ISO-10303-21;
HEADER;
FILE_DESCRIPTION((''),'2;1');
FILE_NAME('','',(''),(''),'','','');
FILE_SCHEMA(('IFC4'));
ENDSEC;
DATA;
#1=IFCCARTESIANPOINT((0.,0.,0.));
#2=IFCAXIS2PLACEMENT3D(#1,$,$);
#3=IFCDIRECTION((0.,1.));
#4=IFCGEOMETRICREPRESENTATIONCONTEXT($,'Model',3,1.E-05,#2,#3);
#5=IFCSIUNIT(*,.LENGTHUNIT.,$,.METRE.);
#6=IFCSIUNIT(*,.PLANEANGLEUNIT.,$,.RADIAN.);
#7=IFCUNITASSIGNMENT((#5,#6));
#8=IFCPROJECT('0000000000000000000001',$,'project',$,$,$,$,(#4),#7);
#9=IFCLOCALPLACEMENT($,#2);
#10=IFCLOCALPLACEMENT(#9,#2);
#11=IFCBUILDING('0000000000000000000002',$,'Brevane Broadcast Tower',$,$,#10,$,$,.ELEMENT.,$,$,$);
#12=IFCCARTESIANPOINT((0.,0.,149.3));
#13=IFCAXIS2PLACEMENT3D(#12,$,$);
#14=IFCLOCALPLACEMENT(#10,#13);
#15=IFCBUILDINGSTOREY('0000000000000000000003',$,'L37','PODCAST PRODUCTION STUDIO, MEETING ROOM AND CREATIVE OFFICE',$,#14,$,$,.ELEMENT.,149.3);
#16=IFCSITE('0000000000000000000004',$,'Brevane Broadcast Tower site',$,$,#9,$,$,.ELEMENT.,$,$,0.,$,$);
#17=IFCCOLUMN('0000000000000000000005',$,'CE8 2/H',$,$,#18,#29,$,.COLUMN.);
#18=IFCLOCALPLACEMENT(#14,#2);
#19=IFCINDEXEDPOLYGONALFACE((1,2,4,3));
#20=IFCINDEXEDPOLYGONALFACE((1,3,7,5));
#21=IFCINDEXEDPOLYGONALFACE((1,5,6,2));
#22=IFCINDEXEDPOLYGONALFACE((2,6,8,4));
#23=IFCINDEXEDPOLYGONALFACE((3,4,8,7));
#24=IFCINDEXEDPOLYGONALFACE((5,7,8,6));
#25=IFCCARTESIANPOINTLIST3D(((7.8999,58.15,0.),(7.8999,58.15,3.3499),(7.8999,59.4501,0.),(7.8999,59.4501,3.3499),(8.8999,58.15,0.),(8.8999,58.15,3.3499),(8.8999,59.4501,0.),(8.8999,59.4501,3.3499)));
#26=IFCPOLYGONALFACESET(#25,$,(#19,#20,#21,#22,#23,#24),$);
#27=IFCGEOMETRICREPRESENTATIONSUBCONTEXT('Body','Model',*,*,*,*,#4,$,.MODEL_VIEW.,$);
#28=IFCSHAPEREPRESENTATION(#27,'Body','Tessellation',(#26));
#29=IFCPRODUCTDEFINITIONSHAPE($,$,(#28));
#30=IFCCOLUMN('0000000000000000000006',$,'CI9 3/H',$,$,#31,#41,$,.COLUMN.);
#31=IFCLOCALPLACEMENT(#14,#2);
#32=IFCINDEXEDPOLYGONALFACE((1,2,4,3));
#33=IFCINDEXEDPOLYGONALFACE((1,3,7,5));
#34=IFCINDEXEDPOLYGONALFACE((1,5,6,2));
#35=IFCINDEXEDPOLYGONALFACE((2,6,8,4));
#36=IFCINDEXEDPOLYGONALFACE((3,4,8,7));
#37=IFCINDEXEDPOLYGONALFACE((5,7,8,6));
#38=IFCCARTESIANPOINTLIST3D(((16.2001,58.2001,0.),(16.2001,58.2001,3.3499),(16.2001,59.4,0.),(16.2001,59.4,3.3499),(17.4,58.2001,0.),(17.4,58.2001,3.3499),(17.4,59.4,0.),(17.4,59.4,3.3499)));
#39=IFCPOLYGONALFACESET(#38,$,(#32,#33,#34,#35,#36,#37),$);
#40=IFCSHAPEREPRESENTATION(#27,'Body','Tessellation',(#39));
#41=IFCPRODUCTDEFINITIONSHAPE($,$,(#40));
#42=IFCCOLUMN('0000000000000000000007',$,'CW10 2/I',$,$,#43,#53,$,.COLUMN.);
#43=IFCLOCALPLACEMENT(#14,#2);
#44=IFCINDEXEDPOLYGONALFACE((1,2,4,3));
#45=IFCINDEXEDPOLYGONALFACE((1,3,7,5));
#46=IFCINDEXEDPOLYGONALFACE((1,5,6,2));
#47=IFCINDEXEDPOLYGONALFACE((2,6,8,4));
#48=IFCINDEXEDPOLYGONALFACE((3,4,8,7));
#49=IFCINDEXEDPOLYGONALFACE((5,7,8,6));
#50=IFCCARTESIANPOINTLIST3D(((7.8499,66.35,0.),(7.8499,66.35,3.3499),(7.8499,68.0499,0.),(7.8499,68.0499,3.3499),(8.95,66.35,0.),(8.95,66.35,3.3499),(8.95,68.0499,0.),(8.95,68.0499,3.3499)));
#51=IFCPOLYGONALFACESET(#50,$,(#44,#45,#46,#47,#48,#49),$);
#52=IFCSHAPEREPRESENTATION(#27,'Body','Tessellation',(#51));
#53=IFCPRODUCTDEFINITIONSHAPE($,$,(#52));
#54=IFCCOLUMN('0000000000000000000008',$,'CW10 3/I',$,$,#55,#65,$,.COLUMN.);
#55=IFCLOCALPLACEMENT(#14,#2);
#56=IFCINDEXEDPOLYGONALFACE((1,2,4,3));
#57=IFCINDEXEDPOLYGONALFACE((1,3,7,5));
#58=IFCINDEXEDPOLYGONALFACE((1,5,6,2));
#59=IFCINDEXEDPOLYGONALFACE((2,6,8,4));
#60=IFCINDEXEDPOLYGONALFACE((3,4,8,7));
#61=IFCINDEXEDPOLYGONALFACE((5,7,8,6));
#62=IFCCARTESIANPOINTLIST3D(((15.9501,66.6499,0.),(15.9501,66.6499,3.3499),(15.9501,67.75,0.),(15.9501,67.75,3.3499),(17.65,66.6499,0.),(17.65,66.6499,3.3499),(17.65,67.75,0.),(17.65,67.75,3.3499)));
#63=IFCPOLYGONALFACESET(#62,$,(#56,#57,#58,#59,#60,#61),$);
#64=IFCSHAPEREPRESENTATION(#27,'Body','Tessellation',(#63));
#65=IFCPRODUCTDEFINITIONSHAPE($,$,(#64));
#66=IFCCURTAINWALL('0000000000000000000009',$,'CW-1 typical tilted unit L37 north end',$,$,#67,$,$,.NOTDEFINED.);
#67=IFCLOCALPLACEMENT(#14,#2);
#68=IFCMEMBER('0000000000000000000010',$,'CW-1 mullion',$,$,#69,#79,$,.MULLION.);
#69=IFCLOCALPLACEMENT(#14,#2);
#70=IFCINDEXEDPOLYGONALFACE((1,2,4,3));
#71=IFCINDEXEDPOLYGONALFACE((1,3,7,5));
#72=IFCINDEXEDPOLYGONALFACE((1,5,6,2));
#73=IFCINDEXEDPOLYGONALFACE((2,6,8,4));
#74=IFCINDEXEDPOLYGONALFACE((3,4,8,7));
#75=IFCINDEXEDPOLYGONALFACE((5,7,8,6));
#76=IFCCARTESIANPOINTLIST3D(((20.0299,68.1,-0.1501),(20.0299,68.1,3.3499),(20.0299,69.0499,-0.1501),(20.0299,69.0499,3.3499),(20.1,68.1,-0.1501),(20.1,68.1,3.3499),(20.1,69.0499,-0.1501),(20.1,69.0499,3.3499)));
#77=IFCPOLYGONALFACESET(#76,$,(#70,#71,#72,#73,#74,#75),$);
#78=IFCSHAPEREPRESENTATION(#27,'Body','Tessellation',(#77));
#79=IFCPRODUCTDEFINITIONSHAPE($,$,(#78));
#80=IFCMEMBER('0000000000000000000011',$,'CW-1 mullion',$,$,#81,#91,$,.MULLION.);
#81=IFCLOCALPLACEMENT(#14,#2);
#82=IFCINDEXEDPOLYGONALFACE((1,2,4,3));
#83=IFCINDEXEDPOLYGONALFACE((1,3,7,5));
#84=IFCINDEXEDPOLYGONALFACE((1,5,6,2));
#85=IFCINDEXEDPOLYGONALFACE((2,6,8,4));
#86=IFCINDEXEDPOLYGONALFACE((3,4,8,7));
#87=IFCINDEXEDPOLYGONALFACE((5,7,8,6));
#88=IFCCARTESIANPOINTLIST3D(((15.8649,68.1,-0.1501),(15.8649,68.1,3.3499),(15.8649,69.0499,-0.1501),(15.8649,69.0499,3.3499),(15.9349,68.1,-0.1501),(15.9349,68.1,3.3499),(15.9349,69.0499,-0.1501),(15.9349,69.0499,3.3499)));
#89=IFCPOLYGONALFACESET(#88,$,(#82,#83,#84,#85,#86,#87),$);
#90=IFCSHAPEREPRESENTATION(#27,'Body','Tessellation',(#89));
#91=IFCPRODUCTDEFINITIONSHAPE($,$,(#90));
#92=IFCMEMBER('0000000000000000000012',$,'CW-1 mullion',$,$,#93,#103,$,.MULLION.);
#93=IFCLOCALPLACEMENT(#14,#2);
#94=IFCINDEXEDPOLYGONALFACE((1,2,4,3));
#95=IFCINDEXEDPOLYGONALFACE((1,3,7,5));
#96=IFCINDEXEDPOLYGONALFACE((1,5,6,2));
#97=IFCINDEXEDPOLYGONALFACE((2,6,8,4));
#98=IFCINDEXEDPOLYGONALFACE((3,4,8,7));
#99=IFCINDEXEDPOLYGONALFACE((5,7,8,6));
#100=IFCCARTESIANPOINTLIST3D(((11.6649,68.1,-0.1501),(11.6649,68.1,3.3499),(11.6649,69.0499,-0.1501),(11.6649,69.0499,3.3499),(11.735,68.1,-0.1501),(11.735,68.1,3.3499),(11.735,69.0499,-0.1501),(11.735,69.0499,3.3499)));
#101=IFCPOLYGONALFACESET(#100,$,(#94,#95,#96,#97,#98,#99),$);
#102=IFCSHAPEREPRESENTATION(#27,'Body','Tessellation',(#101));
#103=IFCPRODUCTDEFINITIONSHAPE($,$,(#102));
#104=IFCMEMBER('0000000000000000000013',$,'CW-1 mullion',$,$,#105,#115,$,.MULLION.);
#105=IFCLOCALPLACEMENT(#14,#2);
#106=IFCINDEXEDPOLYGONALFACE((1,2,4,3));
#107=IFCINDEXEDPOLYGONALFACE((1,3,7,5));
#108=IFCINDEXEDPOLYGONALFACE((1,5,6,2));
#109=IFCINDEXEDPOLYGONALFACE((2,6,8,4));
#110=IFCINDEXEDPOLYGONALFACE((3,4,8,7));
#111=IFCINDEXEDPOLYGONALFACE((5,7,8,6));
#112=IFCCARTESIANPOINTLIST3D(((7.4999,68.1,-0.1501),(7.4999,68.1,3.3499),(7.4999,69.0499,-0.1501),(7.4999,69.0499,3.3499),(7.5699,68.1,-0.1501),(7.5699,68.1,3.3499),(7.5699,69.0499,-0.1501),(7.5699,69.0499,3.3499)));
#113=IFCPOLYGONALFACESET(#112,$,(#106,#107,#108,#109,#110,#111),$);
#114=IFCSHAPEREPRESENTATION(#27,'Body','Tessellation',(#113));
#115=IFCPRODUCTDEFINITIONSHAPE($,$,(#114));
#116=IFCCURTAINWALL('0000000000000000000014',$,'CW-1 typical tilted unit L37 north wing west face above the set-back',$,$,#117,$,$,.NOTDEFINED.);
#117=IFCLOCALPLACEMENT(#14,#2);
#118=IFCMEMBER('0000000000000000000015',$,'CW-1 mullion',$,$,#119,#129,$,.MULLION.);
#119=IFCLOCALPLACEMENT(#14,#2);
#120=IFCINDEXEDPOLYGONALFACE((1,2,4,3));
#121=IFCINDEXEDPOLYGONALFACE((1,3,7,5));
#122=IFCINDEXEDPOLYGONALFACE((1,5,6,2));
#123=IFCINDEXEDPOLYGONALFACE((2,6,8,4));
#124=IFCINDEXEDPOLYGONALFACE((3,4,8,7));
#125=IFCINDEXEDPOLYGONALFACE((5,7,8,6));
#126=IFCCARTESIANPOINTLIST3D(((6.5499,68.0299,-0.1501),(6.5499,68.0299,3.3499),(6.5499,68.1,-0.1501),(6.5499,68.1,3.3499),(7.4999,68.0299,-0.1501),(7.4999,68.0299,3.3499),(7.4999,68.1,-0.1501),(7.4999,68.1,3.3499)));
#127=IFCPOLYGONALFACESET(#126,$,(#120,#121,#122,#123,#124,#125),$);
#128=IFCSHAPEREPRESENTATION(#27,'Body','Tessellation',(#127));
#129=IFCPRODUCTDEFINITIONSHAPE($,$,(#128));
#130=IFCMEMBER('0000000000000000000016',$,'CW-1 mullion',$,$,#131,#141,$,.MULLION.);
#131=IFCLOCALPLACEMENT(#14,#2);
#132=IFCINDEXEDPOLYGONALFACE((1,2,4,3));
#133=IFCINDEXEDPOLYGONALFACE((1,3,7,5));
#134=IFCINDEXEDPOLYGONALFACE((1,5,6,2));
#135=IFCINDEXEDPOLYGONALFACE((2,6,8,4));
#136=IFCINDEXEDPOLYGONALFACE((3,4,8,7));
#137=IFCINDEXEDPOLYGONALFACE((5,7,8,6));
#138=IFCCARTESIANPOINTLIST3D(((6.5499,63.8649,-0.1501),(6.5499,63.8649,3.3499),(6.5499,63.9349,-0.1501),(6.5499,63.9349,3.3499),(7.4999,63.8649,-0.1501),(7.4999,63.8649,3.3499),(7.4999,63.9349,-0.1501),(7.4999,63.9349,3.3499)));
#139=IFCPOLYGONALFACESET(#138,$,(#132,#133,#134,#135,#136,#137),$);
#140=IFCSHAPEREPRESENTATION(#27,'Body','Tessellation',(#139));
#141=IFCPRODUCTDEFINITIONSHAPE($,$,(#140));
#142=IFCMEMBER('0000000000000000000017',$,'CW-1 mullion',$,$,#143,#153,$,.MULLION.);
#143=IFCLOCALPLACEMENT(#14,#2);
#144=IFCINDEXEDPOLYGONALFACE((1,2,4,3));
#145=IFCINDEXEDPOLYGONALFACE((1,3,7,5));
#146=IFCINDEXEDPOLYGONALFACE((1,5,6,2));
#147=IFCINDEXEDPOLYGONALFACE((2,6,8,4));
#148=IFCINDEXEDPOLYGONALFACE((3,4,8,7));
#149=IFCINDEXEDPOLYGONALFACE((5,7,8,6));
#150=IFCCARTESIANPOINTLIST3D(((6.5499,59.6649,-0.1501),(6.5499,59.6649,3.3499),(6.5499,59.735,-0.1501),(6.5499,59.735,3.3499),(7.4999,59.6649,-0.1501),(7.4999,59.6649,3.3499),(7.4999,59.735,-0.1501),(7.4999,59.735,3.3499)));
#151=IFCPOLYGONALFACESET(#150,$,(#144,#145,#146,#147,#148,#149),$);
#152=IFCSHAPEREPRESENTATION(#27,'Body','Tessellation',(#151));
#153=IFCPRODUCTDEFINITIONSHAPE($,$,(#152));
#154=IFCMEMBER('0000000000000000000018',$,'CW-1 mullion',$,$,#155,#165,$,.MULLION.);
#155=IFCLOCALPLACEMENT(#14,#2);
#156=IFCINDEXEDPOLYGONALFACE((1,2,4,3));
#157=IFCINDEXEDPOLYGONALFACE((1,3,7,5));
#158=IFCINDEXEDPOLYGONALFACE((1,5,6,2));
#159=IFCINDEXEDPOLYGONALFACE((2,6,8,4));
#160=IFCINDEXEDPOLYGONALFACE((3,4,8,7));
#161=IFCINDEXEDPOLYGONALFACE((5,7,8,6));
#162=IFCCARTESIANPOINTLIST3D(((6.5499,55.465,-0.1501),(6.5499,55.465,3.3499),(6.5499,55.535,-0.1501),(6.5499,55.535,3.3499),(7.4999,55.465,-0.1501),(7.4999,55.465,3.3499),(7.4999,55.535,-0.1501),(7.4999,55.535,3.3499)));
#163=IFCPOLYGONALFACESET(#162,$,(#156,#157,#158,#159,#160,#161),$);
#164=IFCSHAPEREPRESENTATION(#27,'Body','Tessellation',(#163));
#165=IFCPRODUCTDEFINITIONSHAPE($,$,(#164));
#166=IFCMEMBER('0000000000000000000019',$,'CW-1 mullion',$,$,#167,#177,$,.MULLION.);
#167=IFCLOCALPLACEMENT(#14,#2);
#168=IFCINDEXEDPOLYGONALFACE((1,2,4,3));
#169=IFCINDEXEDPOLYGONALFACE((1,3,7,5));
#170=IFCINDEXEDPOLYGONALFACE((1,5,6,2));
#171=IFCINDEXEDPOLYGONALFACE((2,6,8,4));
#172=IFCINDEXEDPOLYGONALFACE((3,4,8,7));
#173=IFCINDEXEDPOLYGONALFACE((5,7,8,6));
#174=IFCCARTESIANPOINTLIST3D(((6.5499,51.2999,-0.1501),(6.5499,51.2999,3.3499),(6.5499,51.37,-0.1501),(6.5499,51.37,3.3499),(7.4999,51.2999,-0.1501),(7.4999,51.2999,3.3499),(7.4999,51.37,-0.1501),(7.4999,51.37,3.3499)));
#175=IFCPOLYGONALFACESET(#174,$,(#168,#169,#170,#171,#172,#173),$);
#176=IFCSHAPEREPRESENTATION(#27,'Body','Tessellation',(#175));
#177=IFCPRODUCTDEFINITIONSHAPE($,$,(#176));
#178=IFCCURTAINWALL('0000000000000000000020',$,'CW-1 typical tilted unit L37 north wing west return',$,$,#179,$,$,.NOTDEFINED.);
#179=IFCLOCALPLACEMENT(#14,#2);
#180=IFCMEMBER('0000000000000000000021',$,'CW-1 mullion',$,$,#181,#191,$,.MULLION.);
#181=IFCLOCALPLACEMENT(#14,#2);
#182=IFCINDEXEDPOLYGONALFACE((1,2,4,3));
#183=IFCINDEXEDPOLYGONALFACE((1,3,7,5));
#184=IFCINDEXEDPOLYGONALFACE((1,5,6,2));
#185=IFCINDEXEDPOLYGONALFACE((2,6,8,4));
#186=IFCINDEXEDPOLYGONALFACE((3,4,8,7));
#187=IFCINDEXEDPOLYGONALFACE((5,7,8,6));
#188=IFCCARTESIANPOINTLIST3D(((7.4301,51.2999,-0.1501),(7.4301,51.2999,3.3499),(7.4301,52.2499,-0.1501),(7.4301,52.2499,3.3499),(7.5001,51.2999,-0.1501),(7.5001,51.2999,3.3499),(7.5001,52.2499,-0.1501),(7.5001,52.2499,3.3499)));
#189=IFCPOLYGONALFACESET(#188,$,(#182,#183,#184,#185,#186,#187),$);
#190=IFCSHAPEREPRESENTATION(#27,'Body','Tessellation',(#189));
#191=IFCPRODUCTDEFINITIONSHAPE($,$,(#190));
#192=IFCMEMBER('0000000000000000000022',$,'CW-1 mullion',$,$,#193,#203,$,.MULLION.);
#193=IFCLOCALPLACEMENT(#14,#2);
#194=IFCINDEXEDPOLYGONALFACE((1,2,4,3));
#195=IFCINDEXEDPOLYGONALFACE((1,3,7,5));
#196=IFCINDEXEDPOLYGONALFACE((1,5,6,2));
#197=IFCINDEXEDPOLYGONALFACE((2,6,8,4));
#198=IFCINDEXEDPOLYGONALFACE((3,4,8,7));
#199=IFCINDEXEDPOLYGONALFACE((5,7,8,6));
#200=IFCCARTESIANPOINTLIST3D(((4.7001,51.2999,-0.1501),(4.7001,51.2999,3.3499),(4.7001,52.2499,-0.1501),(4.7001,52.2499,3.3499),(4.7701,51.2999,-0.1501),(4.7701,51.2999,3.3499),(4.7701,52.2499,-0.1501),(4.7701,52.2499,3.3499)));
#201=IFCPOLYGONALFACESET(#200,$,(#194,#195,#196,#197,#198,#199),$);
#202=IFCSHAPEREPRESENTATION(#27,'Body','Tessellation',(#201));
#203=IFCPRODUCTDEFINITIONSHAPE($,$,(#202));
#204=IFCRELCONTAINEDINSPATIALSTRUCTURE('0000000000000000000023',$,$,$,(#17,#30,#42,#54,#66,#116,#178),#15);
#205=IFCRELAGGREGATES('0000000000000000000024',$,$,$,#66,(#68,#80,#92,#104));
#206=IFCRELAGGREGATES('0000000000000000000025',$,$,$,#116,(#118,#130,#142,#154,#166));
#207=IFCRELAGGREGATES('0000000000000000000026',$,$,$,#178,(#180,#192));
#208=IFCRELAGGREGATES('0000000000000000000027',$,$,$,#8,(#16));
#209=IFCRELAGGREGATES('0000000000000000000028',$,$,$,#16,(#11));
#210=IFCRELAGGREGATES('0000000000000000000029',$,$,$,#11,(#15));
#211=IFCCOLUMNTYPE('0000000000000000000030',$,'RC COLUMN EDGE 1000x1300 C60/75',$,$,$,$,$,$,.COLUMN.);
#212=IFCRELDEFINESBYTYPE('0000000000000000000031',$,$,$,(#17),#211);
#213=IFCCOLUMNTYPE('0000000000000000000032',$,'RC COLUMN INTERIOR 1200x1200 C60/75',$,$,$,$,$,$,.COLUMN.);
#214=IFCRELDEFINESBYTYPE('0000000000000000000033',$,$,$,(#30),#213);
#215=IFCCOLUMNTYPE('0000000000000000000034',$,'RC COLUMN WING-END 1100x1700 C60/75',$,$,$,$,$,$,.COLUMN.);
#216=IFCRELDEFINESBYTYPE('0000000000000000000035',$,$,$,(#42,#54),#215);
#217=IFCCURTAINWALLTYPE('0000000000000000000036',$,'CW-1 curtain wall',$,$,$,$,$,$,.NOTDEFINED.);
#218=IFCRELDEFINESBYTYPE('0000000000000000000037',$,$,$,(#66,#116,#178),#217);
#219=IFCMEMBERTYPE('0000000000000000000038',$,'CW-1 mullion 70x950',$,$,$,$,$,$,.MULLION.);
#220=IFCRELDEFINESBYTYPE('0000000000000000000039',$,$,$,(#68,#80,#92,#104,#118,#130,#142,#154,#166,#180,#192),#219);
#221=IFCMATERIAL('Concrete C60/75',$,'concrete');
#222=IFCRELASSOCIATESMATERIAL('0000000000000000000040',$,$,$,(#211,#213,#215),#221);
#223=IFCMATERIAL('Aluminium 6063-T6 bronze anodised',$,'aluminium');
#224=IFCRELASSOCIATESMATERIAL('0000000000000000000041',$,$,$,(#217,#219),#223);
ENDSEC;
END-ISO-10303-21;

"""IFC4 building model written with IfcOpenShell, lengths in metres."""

from ifc_helpers import new_model, si_unit, direction, frame, origin, origin_2d, place, context, subcontext, project, spatial, rectangle, extrude, material, material_profile, profile_set, type_object, element, aggregate, save


model = new_model("IFC4")

# Units and contexts
model_context = context("Model", 3, precision=1e-05, world=origin(), true_north=direction((0.0, 1.0)))
body_context = subcontext(model_context, "Body", "Model", "MODEL_VIEW")
ifc_project = project(units=[si_unit("LENGTHUNIT", "METRE"), si_unit("PLANEANGLEUNIT", "RADIAN")], contexts=[model_context])

# Site, building, storey
site_placement = place(None, origin())
site = spatial("IfcSite", under=ifc_project, at=site_placement, Name="Brevane Broadcast Tower site", CompositionType="ELEMENT", RefElevation=0.0)
building_placement = place(site_placement, origin())
building = spatial("IfcBuilding", under=site, at=building_placement, Name="Brevane Broadcast Tower", CompositionType="ELEMENT")
storey_placement = place(building_placement, frame((0.0, 0.0, 149.3)))
storey = spatial("IfcBuildingStorey", under=building, at=storey_placement, Name="L37", Description="PODCAST PRODUCTION STUDIO, MEETING ROOM AND CREATIVE OFFICE", CompositionType="ELEMENT", Elevation=149.3)

# Columns
ifc_material_1 = material(Name="Concrete C60/75", Category="concrete")
ifc_material_profile_1 = material_profile(ifc_material_1, rectangle(XDim=1.0, YDim=1.3, at=origin_2d()), Name="RC 1000x1300")
ifc_profile_set_1 = profile_set([ifc_material_profile_1], Name="Concrete C60/75")
column_type_1 = type_object("IfcColumnType", Name="RC COLUMN EDGE 1000x1300 C60/75", PredefinedType="COLUMN", material=ifc_profile_set_1)
column_1_placement = place(storey_placement, frame((8.3999, 58.8, 0.0), z_axis=(0.0, 0.0, 1.0), x_axis=(1.0, 0.0, 0.0)))
element("IfcColumn", 1, at=column_1_placement, inside=storey, type_object=column_type_1, Name="CE8 2/H", PredefinedType="COLUMN", context=body_context, shape_type="SweptSolid", body=[
    extrude(rectangle(XDim=1.0, YDim=1.3, at=origin_2d()), origin(), (0.0, 0.0, 1.0), 3.3499),
])
ifc_material_profile_2 = material_profile(ifc_material_1, rectangle(XDim=1.2, YDim=1.2, at=origin_2d()), Name="RC 1200x1200")
ifc_profile_set_2 = profile_set([ifc_material_profile_2], Name="Concrete C60/75")
column_type_2 = type_object("IfcColumnType", Name="RC COLUMN INTERIOR 1200x1200 C60/75", PredefinedType="COLUMN", material=ifc_profile_set_2)
column_2_placement = place(storey_placement, frame((16.8, 58.8, 0.0), z_axis=(0.0, 0.0, 1.0), x_axis=(1.0, 0.0, 0.0)))
element("IfcColumn", 2, at=column_2_placement, inside=storey, type_object=column_type_2, Name="CI9 3/H", PredefinedType="COLUMN", context=body_context, shape_type="SweptSolid", body=[
    extrude(rectangle(XDim=1.2, YDim=1.2, at=origin_2d()), origin(), (0.0, 0.0, 1.0), 3.3499),
])
ifc_material_profile_3 = material_profile(ifc_material_1, rectangle(XDim=1.1001, YDim=1.7, at=origin_2d()), Name="RC 1100x1700")
ifc_profile_set_3 = profile_set([ifc_material_profile_3], Name="Concrete C60/75")
column_type_3 = type_object("IfcColumnType", Name="RC COLUMN WING-END 1100x1700 C60/75", PredefinedType="COLUMN", material=ifc_profile_set_3)
for number, where, z_axis, x_axis, name in (
    (3, (8.3999, 67.2, 0.0), (0.0, 0.0, 1.0), (1.0, 0.0, 0.0), "CW10 2/I"),
    (4, (16.8, 67.2, 0.0), (0.0, 0.0, 1.0), (0.0, 1.0, 0.0), "CW10 3/I"),
):
    element("IfcColumn", number, at=place(storey_placement, frame(where, z_axis=z_axis, x_axis=x_axis)), inside=storey, type_object=column_type_3, Name=name, PredefinedType="COLUMN", context=body_context, shape_type="SweptSolid", body=[
        extrude(rectangle(XDim=1.1001, YDim=1.7, at=origin_2d()), origin(), (0.0, 0.0, 1.0), 3.3499),
    ])

# Curtain walls, members
ifc_material_2 = material(Name="Aluminium 6063-T6 bronze anodised", Category="aluminium")
curtain_wall_type = type_object("IfcCurtainWallType", Name="CW-1 curtain wall", PredefinedType="NOTDEFINED", material=ifc_material_2)
curtain_wall_1_placement = place(storey_placement, origin())
curtain_wall_1 = element("IfcCurtainWall", 5, at=curtain_wall_1_placement, inside=storey, type_object=curtain_wall_type, Name="CW-1 typical tilted unit L37 north end", PredefinedType="NOTDEFINED")
ifc_material_profile_4 = material_profile(ifc_material_2, rectangle(XDim=0.95, YDim=0.0701, at=origin_2d()), Name="RECT 70x950")
ifc_profile_set_4 = profile_set([ifc_material_profile_4], Name="Aluminium 6063-T6 bronze anodised")
member_type_1 = type_object("IfcMemberType", Name="CW-1 mullion 70x950", PredefinedType="MULLION", material=ifc_profile_set_4)
member_1_placement = place(storey_placement, frame((20.0649, 68.575, -0.1501), z_axis=(0.0, 0.0, 1.0), x_axis=(0.0, -1.0, 0.0)))
member_1 = element("IfcMember", 6, at=member_1_placement, type_object=member_type_1, Name="CW-1 mullion", PredefinedType="MULLION", context=body_context, shape_type="SweptSolid", body=[
    extrude(rectangle(XDim=0.95, YDim=0.0701, at=origin_2d()), origin(), (0.0, 0.0, 1.0), 3.5),
])
member_2_placement = place(storey_placement, frame((15.8999, 68.575, -0.1501), z_axis=(0.0, 0.0, 1.0), x_axis=(0.0, -1.0, 0.0)))
member_2 = element("IfcMember", 7, at=member_2_placement, type_object=member_type_1, Name="CW-1 mullion", PredefinedType="MULLION", context=body_context, shape_type="SweptSolid", body=[
    extrude(rectangle(XDim=0.95, YDim=0.0701, at=origin_2d()), origin(), (0.0, 0.0, 1.0), 3.5),
])
member_3_placement = place(storey_placement, frame((11.7, 68.575, -0.1501), z_axis=(0.0, 0.0, 1.0), x_axis=(0.0, -1.0, 0.0)))
member_3 = element("IfcMember", 8, at=member_3_placement, type_object=member_type_1, Name="CW-1 mullion", PredefinedType="MULLION", context=body_context, shape_type="SweptSolid", body=[
    extrude(rectangle(XDim=0.95, YDim=0.0701, at=origin_2d()), origin(), (0.0, 0.0, 1.0), 3.5),
])
member_4_placement = place(storey_placement, frame((7.5349, 68.575, -0.1501), z_axis=(0.0, 0.0, 1.0), x_axis=(0.0, -1.0, 0.0)))
member_4 = element("IfcMember", 9, at=member_4_placement, type_object=member_type_1, Name="CW-1 mullion", PredefinedType="MULLION", context=body_context, shape_type="SweptSolid", body=[
    extrude(rectangle(XDim=0.95, YDim=0.0701, at=origin_2d()), origin(), (0.0, 0.0, 1.0), 3.5),
])
curtain_wall_2_placement = place(storey_placement, origin())
curtain_wall_2 = element("IfcCurtainWall", 10, at=curtain_wall_2_placement, inside=storey, type_object=curtain_wall_type, Name="CW-1 typical tilted unit L37 north wing west face above the set-back", PredefinedType="NOTDEFINED")
member_5_placement = place(storey_placement, frame((7.0249, 68.0649, -0.1501), z_axis=(0.0, 0.0, 1.0), x_axis=(1.0, 0.0, 0.0)))
member_5 = element("IfcMember", 11, at=member_5_placement, type_object=member_type_1, Name="CW-1 mullion", PredefinedType="MULLION", context=body_context, shape_type="SweptSolid", body=[
    extrude(rectangle(XDim=0.95, YDim=0.0701, at=origin_2d()), origin(), (0.0, 0.0, 1.0), 3.5),
])
member_6_placement = place(storey_placement, frame((7.0249, 63.8999, -0.1501), z_axis=(0.0, 0.0, 1.0), x_axis=(1.0, 0.0, 0.0)))
member_6 = element("IfcMember", 12, at=member_6_placement, type_object=member_type_1, Name="CW-1 mullion", PredefinedType="MULLION", context=body_context, shape_type="SweptSolid", body=[
    extrude(rectangle(XDim=0.95, YDim=0.0701, at=origin_2d()), origin(), (0.0, 0.0, 1.0), 3.5),
])
member_7_placement = place(storey_placement, frame((7.0249, 59.7, -0.1501), z_axis=(0.0, 0.0, 1.0), x_axis=(1.0, 0.0, 0.0)))
member_7 = element("IfcMember", 13, at=member_7_placement, type_object=member_type_1, Name="CW-1 mullion", PredefinedType="MULLION", context=body_context, shape_type="SweptSolid", body=[
    extrude(rectangle(XDim=0.95, YDim=0.0701, at=origin_2d()), origin(), (0.0, 0.0, 1.0), 3.5),
])
member_8_placement = place(storey_placement, frame((7.0249, 55.5, -0.1501), z_axis=(0.0, 0.0, 1.0), x_axis=(1.0, 0.0, 0.0)))
member_8 = element("IfcMember", 14, at=member_8_placement, type_object=member_type_1, Name="CW-1 mullion", PredefinedType="MULLION", context=body_context, shape_type="SweptSolid", body=[
    extrude(rectangle(XDim=0.95, YDim=0.0701, at=origin_2d()), origin(), (0.0, 0.0, 1.0), 3.5),
])
member_9_placement = place(storey_placement, frame((7.0249, 51.335, -0.1501), z_axis=(0.0, 0.0, 1.0), x_axis=(1.0, 0.0, 0.0)))
member_9 = element("IfcMember", 15, at=member_9_placement, type_object=member_type_1, Name="CW-1 mullion", PredefinedType="MULLION", context=body_context, shape_type="SweptSolid", body=[
    extrude(rectangle(XDim=0.95, YDim=0.0701, at=origin_2d()), origin(), (0.0, 0.0, 1.0), 3.5),
])
curtain_wall_3_placement = place(storey_placement, origin())
curtain_wall_3 = element("IfcCurtainWall", 16, at=curtain_wall_3_placement, inside=storey, type_object=curtain_wall_type, Name="CW-1 typical tilted unit L37 north wing west return", PredefinedType="NOTDEFINED")
member_10_placement = place(storey_placement, frame((7.4651, 51.7749, -0.1501), z_axis=(0.0, 0.0, 1.0), x_axis=(0.0, -1.0, 0.0)))
member_10 = element("IfcMember", 17, at=member_10_placement, type_object=member_type_1, Name="CW-1 mullion", PredefinedType="MULLION", context=body_context, shape_type="SweptSolid", body=[
    extrude(rectangle(XDim=0.95, YDim=0.0701, at=origin_2d()), origin(), (0.0, 0.0, 1.0), 3.5),
])
member_11_placement = place(storey_placement, frame((4.7351, 51.7749, -0.1501), z_axis=(0.0, 0.0, 1.0), x_axis=(0.0, -1.0, 0.0)))
member_11 = element("IfcMember", 18, at=member_11_placement, type_object=member_type_1, Name="CW-1 mullion", PredefinedType="MULLION", context=body_context, shape_type="SweptSolid", body=[
    extrude(rectangle(XDim=0.95, YDim=0.0701, at=origin_2d()), origin(), (0.0, 0.0, 1.0), 3.5),
])

aggregate(curtain_wall_1, [member_1, member_2, member_3, member_4])
aggregate(curtain_wall_2, [member_5, member_6, member_7, member_8, member_9])
aggregate(curtain_wall_3, [member_10, member_11])

save(model, "model.ifc")
